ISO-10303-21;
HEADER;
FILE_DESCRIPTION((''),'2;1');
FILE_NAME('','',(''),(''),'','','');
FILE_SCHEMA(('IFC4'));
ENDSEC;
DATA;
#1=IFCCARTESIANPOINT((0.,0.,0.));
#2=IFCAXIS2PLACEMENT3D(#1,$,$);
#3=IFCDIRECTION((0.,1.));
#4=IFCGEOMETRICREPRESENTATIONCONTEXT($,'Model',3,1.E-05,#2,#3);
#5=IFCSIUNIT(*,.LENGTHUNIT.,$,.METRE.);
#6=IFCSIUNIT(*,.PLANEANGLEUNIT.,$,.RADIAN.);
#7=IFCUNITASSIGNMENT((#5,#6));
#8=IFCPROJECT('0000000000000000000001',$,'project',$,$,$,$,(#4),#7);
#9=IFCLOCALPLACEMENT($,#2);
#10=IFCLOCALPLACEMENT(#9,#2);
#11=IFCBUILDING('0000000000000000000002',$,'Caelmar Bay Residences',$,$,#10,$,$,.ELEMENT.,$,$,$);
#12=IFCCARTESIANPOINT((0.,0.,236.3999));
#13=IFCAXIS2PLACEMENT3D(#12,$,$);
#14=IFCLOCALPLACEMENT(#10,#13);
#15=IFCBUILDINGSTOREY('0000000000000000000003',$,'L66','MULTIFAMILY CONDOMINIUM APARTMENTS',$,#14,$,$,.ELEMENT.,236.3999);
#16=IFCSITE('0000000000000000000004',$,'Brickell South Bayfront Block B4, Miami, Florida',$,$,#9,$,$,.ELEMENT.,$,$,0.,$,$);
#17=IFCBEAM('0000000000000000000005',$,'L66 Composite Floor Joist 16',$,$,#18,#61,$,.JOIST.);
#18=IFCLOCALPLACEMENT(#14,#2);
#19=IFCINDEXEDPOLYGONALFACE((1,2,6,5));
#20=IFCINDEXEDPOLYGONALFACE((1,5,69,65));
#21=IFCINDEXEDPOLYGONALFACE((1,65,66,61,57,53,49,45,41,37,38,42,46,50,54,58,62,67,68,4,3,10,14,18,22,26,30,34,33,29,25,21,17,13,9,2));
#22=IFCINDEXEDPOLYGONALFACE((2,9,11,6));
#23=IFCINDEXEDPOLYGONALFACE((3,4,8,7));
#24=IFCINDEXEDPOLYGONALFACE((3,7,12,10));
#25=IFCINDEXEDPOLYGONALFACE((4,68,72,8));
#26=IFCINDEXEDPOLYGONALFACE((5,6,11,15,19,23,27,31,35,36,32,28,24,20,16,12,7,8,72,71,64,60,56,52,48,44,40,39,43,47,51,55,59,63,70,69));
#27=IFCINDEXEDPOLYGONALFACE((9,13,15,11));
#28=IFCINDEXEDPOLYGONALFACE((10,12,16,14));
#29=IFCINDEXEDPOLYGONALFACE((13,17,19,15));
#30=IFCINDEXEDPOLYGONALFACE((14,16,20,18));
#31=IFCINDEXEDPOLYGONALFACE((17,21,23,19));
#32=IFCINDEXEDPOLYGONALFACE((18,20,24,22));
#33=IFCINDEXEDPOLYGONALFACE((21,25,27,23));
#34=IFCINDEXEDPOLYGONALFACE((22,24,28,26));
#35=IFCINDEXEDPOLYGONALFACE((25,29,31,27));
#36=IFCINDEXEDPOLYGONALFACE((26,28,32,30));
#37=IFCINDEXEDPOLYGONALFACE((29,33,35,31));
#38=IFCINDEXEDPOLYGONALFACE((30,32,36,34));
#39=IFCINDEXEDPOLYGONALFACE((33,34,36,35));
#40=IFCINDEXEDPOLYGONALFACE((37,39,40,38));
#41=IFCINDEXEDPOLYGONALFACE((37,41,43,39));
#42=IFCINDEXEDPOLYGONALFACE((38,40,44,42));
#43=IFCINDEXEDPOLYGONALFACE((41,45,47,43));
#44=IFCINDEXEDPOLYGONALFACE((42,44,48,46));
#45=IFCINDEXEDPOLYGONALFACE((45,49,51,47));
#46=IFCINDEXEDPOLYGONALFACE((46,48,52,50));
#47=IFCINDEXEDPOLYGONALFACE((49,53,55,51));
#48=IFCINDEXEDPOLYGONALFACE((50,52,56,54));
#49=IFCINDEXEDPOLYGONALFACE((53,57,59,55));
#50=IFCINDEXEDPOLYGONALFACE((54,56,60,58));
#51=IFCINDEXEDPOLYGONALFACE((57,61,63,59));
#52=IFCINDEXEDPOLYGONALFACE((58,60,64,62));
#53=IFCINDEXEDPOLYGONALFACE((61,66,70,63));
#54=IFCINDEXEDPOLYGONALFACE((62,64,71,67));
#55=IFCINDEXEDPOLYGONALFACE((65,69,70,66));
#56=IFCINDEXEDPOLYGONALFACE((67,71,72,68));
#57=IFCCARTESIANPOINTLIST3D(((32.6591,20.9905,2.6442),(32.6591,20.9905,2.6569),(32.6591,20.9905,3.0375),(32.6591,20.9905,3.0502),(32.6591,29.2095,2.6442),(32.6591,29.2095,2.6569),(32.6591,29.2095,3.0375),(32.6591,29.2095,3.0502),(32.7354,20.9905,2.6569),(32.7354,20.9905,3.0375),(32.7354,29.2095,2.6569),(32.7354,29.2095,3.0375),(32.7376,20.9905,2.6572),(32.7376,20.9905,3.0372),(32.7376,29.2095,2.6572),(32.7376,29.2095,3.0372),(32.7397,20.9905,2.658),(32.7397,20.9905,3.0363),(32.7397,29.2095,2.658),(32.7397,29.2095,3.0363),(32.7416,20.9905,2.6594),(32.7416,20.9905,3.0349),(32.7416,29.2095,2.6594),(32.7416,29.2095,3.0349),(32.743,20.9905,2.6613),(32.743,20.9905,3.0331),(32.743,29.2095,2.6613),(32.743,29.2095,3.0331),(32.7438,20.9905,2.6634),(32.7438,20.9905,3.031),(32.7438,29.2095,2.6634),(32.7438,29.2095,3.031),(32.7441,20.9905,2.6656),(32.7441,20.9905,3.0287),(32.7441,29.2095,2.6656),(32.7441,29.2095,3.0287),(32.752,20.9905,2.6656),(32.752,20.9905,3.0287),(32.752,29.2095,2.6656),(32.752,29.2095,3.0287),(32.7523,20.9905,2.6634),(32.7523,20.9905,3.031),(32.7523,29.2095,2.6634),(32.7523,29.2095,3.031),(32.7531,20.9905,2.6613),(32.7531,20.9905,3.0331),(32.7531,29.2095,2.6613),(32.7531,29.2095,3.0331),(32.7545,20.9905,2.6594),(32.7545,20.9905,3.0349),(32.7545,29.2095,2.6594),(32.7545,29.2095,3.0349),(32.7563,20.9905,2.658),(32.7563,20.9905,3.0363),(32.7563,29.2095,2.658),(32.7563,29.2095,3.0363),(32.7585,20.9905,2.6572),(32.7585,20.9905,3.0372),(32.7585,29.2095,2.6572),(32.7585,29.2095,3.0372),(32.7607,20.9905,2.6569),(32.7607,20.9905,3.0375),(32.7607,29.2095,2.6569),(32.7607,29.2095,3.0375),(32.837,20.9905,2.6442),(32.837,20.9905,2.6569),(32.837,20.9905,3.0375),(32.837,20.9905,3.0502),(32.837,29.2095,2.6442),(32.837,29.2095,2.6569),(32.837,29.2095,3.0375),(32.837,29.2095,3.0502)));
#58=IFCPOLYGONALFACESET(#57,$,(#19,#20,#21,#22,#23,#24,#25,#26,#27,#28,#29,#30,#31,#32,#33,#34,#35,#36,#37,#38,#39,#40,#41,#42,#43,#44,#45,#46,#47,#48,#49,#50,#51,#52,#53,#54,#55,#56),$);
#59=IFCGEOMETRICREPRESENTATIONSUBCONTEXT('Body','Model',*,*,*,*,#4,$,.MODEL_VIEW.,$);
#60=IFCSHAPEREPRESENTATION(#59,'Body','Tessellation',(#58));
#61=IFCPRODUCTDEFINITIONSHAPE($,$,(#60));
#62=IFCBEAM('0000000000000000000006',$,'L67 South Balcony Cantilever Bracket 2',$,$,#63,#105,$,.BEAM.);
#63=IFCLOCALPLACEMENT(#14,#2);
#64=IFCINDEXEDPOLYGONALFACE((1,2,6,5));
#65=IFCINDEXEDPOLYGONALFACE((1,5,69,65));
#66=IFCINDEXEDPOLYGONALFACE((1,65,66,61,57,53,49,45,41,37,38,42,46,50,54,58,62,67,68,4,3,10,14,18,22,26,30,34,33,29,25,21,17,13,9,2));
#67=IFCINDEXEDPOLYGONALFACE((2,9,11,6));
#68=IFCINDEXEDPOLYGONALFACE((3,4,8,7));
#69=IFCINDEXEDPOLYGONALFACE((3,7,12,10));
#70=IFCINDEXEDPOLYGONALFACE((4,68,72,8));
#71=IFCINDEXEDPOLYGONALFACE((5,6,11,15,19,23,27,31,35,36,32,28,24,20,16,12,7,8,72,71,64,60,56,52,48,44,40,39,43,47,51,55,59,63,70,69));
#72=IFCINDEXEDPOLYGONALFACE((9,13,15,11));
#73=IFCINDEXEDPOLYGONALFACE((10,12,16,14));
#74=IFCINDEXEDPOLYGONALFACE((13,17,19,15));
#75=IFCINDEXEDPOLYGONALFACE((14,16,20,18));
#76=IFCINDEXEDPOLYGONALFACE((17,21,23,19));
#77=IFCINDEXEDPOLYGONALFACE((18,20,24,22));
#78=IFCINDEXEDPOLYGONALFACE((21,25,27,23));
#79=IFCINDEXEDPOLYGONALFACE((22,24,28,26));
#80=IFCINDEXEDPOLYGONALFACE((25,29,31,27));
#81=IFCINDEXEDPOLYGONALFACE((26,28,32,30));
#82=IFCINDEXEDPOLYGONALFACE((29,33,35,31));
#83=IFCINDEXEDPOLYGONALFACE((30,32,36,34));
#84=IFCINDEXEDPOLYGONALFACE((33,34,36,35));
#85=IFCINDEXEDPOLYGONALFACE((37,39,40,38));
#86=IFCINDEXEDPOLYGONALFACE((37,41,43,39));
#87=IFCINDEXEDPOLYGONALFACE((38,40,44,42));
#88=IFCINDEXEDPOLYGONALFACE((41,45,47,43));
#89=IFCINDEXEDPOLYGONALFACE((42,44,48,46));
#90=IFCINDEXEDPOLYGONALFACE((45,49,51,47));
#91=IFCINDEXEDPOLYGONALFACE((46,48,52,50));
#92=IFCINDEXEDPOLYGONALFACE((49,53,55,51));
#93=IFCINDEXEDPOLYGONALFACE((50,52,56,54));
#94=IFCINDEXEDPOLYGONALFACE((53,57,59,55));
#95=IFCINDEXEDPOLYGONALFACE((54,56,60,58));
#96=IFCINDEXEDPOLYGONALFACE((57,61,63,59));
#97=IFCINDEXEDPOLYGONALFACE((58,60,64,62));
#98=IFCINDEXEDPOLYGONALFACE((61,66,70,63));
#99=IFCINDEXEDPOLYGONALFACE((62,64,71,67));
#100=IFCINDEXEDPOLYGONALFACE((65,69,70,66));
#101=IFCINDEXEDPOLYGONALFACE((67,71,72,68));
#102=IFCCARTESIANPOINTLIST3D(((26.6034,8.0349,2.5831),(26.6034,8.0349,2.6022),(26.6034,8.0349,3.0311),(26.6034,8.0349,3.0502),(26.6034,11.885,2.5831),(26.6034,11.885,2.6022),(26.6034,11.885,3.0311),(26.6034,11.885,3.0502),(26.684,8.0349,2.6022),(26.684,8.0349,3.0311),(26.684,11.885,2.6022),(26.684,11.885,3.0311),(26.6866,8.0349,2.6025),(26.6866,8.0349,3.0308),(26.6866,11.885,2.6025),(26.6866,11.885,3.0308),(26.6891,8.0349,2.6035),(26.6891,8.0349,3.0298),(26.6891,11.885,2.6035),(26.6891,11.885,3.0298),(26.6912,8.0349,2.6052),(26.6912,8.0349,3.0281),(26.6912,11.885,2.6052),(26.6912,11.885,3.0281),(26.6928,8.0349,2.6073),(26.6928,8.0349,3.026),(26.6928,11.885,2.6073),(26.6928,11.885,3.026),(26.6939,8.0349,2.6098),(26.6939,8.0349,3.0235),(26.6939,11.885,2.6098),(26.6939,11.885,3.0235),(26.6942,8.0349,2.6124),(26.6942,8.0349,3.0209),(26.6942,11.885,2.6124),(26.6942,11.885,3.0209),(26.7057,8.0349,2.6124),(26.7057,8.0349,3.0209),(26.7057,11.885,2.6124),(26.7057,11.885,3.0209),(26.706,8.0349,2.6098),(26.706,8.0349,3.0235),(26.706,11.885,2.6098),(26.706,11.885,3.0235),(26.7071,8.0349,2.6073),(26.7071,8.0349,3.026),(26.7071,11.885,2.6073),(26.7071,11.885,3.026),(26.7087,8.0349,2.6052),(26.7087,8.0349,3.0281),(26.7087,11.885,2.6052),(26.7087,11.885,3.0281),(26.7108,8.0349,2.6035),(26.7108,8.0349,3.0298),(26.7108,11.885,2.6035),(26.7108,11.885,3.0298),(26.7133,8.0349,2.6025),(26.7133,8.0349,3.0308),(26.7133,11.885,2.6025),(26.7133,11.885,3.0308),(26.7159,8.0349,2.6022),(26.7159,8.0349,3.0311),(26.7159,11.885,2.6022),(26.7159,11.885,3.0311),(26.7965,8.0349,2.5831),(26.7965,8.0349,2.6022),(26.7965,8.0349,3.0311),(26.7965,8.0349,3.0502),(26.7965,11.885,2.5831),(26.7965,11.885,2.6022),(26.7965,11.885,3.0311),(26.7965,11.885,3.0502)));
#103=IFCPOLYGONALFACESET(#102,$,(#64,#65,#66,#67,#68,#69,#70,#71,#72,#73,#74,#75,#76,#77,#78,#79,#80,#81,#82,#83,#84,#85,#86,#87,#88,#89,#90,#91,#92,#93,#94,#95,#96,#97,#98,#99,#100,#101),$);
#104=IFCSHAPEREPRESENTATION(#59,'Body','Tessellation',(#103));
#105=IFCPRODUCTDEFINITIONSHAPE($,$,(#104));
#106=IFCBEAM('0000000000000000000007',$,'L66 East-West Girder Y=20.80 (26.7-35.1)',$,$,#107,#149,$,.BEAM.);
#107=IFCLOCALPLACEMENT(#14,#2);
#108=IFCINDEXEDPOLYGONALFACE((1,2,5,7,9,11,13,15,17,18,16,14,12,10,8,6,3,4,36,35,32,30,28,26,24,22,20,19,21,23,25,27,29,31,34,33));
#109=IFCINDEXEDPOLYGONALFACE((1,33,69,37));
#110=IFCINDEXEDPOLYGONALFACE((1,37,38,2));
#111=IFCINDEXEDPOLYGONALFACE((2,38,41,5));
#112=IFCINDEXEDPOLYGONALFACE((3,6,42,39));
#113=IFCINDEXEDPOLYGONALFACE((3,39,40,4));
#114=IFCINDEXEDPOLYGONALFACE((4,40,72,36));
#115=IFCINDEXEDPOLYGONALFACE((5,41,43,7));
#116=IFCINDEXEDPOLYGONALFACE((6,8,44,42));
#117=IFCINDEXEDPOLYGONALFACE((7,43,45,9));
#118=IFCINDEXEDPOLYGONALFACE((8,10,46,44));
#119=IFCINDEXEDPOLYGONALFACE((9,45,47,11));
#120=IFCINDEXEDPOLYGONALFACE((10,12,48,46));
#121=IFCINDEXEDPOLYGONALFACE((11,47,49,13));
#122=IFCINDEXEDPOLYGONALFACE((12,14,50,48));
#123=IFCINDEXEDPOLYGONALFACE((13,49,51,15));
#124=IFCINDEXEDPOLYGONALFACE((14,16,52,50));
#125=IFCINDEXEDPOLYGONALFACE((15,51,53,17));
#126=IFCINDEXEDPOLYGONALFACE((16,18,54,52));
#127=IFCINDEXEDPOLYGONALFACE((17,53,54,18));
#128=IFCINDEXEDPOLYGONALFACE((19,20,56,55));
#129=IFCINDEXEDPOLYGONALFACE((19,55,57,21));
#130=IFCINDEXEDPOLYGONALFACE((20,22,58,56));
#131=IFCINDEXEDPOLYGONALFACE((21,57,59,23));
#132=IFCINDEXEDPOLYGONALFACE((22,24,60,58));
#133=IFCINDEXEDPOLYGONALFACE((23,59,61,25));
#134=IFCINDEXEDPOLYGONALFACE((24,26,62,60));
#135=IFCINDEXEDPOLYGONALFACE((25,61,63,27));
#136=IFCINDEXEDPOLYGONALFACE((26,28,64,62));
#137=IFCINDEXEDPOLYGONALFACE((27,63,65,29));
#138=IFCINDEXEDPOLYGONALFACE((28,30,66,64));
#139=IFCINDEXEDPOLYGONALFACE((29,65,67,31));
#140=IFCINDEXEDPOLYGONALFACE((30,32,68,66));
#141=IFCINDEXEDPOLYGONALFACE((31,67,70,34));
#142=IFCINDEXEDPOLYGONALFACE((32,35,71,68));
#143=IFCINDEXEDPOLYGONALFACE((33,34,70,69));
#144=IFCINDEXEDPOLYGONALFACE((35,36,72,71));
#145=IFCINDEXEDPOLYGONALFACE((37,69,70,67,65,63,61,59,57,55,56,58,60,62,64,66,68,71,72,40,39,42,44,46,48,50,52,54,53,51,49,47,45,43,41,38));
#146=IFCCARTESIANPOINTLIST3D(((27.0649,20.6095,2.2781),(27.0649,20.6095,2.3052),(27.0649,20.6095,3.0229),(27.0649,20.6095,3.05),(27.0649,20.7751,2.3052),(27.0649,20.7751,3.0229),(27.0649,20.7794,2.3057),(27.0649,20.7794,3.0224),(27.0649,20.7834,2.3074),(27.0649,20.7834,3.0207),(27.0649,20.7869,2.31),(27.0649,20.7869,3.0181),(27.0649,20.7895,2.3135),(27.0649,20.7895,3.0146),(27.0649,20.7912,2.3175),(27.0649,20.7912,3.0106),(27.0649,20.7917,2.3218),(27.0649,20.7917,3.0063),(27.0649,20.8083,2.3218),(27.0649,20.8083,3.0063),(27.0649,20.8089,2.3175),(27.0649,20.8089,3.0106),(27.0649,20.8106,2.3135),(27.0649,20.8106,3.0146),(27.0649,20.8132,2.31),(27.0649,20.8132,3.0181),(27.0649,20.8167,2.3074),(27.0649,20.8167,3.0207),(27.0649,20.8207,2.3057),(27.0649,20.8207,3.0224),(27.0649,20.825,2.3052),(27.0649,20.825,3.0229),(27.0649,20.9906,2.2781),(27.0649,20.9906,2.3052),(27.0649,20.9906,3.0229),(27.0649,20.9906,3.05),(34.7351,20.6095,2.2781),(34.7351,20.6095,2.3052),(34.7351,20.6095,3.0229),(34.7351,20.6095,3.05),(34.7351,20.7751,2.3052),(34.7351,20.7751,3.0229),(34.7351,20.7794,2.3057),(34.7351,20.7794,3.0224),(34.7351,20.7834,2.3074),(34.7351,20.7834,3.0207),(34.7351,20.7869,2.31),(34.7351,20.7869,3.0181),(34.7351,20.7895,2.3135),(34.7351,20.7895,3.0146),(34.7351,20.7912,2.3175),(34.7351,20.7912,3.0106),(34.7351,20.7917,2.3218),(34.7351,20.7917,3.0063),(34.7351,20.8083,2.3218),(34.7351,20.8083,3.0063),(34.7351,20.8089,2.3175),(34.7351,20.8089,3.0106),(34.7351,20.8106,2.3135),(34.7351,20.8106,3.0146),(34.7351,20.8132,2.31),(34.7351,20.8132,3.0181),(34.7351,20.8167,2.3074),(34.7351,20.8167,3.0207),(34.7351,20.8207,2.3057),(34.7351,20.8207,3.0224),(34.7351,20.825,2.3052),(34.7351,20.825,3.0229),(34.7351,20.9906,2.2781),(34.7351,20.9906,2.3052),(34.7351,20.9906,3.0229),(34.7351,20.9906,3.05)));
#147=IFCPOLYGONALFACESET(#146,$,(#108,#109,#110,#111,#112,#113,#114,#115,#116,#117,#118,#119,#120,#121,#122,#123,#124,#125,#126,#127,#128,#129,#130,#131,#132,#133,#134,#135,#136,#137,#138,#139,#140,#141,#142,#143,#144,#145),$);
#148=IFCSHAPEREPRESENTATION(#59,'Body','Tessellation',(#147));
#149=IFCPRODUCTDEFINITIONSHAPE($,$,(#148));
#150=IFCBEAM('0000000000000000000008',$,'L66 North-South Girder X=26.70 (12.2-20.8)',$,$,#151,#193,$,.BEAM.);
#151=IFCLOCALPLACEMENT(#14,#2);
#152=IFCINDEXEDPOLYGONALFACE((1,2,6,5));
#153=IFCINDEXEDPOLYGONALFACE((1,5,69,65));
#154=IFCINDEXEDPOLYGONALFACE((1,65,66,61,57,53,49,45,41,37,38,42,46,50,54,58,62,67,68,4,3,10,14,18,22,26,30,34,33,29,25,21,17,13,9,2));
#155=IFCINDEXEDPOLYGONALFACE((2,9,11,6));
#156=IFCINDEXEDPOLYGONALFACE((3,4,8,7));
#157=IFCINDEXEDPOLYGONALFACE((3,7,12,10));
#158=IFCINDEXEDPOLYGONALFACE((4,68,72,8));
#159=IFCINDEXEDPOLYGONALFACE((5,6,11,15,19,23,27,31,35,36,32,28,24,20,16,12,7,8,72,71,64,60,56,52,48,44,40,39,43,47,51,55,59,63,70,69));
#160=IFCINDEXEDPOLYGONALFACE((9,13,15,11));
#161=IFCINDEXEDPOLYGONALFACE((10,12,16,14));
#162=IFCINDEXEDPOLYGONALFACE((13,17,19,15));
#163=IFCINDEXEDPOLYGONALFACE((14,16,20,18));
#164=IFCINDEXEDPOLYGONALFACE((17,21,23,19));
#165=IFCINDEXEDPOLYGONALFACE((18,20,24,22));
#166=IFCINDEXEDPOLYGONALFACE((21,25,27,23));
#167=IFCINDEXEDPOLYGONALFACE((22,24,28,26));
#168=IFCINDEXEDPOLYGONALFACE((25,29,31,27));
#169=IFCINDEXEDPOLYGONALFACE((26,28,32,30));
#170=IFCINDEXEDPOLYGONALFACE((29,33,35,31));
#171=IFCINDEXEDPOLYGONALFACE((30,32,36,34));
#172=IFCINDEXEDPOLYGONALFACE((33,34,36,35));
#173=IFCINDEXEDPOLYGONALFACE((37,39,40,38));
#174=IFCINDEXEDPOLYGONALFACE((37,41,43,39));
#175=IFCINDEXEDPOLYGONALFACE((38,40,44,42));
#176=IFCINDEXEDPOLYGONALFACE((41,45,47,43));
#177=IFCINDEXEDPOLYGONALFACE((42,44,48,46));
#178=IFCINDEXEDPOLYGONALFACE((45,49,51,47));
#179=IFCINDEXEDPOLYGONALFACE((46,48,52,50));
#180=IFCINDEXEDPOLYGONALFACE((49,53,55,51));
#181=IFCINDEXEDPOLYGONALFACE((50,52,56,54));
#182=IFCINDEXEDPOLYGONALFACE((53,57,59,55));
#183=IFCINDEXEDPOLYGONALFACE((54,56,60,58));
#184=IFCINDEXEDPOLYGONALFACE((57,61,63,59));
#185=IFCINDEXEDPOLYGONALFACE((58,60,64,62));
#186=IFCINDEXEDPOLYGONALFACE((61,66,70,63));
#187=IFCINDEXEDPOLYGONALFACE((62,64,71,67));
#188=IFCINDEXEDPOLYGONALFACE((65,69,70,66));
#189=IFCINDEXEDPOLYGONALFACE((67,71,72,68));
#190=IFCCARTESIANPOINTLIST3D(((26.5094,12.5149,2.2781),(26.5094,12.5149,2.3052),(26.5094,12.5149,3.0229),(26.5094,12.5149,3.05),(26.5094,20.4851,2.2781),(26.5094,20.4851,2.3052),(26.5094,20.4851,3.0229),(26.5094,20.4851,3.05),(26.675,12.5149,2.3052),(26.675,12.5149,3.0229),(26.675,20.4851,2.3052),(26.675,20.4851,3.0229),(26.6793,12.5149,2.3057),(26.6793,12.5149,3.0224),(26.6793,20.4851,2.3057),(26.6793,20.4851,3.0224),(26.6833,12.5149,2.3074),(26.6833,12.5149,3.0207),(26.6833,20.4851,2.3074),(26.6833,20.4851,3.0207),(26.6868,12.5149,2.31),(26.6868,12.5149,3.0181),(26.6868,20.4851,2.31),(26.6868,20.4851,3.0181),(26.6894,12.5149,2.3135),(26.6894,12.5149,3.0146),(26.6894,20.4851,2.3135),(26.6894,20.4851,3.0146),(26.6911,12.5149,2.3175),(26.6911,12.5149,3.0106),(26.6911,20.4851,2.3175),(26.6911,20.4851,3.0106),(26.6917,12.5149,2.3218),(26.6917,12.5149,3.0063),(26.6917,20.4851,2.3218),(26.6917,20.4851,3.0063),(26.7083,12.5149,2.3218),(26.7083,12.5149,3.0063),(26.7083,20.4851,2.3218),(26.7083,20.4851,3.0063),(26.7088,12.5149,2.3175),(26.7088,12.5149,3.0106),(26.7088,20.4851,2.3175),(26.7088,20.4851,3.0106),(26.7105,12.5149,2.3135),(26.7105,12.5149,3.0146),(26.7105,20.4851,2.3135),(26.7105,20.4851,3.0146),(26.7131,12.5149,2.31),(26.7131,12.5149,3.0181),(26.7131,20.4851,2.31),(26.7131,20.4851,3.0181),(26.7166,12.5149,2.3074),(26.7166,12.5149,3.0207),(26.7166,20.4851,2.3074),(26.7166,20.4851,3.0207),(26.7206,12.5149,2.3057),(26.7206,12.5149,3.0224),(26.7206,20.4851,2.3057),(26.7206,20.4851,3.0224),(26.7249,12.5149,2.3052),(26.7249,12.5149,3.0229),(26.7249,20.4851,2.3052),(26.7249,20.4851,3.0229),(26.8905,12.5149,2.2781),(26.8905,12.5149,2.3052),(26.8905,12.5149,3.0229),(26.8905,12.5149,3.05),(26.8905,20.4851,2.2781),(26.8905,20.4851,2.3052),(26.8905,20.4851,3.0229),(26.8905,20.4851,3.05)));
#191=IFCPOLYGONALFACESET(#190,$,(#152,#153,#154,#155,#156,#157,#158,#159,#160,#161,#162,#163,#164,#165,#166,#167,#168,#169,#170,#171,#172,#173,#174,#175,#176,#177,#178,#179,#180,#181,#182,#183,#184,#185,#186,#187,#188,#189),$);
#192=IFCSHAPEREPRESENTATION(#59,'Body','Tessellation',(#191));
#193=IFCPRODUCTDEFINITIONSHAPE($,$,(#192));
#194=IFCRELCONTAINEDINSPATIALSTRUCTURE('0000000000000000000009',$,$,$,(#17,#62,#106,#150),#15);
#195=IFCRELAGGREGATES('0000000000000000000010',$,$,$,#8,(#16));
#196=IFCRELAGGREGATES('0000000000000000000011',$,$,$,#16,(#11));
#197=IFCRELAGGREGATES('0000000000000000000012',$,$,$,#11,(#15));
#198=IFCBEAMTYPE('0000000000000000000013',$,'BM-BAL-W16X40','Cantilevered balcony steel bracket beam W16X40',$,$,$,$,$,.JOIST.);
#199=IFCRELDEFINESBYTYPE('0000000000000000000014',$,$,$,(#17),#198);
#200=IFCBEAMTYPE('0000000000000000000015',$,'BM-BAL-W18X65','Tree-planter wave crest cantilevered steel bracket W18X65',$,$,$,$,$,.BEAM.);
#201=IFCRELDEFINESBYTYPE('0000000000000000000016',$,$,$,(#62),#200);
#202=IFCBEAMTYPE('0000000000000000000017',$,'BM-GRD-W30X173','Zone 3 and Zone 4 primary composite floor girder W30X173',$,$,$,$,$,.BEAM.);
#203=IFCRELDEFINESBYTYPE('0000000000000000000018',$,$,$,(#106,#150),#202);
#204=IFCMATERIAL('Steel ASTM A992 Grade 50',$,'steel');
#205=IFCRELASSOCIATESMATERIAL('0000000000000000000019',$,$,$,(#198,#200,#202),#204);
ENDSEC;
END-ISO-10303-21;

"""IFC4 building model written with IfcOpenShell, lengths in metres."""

from ifc_helpers import new_model, si_unit, direction, frame, origin, origin_2d, place, context, subcontext, project, spatial, i_section, extrude, material, material_profile, profile_set, type_object, element, save


model = new_model("IFC4")

# Units and contexts
model_context = context("Model", 3, precision=1e-05, world=origin(), true_north=direction((0.0, 1.0)))
body_context = subcontext(model_context, "Body", "Model", "MODEL_VIEW")
ifc_project = project(units=[si_unit("LENGTHUNIT", "METRE"), si_unit("PLANEANGLEUNIT", "RADIAN")], contexts=[model_context])

# Site, building, storey
site_placement = place(None, origin())
site = spatial("IfcSite", under=ifc_project, at=site_placement, Name="Brickell South Bayfront Block B4, Miami, Florida", CompositionType="ELEMENT", RefElevation=0.0)
building_placement = place(site_placement, origin())
building = spatial("IfcBuilding", under=site, at=building_placement, Name="Caelmar Bay Residences", CompositionType="ELEMENT")
storey_placement = place(building_placement, frame((0.0, 0.0, 236.3999)))
storey = spatial("IfcBuildingStorey", under=building, at=storey_placement, Name="L66", Description="MULTIFAMILY CONDOMINIUM APARTMENTS", CompositionType="ELEMENT", Elevation=236.3999)

# Beams
ifc_material_1 = material(Name="Steel ASTM A992 Grade 50", Category="steel")
ifc_material_profile_1 = material_profile(ifc_material_1, i_section(OverallWidth=0.178, OverallDepth=0.406, WebThickness=0.0078, FlangeThickness=0.0127, FilletRadius=0.0088, at=origin_2d()), Name="W16X40")
ifc_profile_set_1 = profile_set([ifc_material_profile_1], Name="Steel ASTM A992 Grade 50")
beam_type_1 = type_object("IfcBeamType", Name="BM-BAL-W16X40", Description="Cantilevered balcony steel bracket beam W16X40", PredefinedType="JOIST", material=ifc_profile_set_1)
for number, where, z_axis, x_axis, name in (
    (1, (32.748, 20.9905, 2.8472), (0.0, 1.0, 0.0), (-1.0, 0.0, 0.0), "L66 Composite Floor Joist 16"),
):
    element("IfcBeam", number, at=place(storey_placement, frame(where, z_axis=z_axis, x_axis=x_axis)), inside=storey, type_object=beam_type_1, Name=name, PredefinedType="JOIST", context=body_context, shape_type="SweptSolid", body=[
        extrude(i_section(OverallWidth=0.178, OverallDepth=0.406, WebThickness=0.0078, FlangeThickness=0.0127, FilletRadius=0.0088, at=origin_2d()), origin(), (0.0, 0.0, 1.0), 8.219),
    ])
ifc_material_profile_2 = material_profile(ifc_material_1, i_section(OverallWidth=0.1931, OverallDepth=0.467, WebThickness=0.0115, FlangeThickness=0.019, FilletRadius=0.0103, at=origin_2d()), Name="W18X65")
ifc_profile_set_2 = profile_set([ifc_material_profile_2], Name="Steel ASTM A992 Grade 50")
beam_type_2 = type_object("IfcBeamType", Name="BM-BAL-W18X65", Description="Tree-planter wave crest cantilevered steel bracket W18X65", PredefinedType="BEAM", material=ifc_profile_set_2)
beam_1_placement = place(storey_placement, frame((26.7, 11.885, 2.8167), z_axis=(0.0, -1.0, 0.0), x_axis=(1.0, 0.0, 0.0)))
element("IfcBeam", 2, at=beam_1_placement, inside=storey, type_object=beam_type_2, Name="L67 South Balcony Cantilever Bracket 2", PredefinedType="BEAM", context=body_context, shape_type="SweptSolid", body=[
    extrude(i_section(OverallWidth=0.1931, OverallDepth=0.467, WebThickness=0.0115, FlangeThickness=0.019, FilletRadius=0.0103, at=origin_2d()), origin(), (0.0, 0.0, 1.0), 3.8501),
])
ifc_material_profile_3 = material_profile(ifc_material_1, i_section(OverallWidth=0.3811, OverallDepth=0.772, WebThickness=0.0166, FlangeThickness=0.0271, FilletRadius=0.0166, at=origin_2d()), Name="W30X173")
ifc_profile_set_3 = profile_set([ifc_material_profile_3], Name="Steel ASTM A992 Grade 50")
beam_type_3 = type_object("IfcBeamType", Name="BM-GRD-W30X173", Description="Zone 3 and Zone 4 primary composite floor girder W30X173", PredefinedType="BEAM", material=ifc_profile_set_3)
beam_2_placement = place(storey_placement, frame((27.0649, 20.8, 2.6641), z_axis=(1.0, 0.0, 0.0), x_axis=(0.0, 1.0, 0.0)))
element("IfcBeam", 3, at=beam_2_placement, inside=storey, type_object=beam_type_3, Name="L66 East-West Girder Y=20.80 (26.7-35.1)", PredefinedType="BEAM", context=body_context, shape_type="SweptSolid", body=[
    extrude(i_section(OverallWidth=0.3811, OverallDepth=0.772, WebThickness=0.0166, FlangeThickness=0.0271, FilletRadius=0.0166, at=origin_2d()), origin(), (0.0, 0.0, 1.0), 7.6702),
])
for number, where, z_axis, x_axis, name in (
    (4, (26.7, 12.5149, 2.6641), (0.0, 1.0, 0.0), (-1.0, 0.0, 0.0), "L66 North-South Girder X=26.70 (12.2-20.8)"),
):
    element("IfcBeam", number, at=place(storey_placement, frame(where, z_axis=z_axis, x_axis=x_axis)), inside=storey, type_object=beam_type_3, Name=name, PredefinedType="BEAM", context=body_context, shape_type="SweptSolid", body=[
        extrude(i_section(OverallWidth=0.3811, OverallDepth=0.772, WebThickness=0.0166, FlangeThickness=0.0271, FilletRadius=0.0166, at=origin_2d()), origin(), (0.0, 0.0, 1.0), 7.9702),
    ])

save(model, "model.ifc")
